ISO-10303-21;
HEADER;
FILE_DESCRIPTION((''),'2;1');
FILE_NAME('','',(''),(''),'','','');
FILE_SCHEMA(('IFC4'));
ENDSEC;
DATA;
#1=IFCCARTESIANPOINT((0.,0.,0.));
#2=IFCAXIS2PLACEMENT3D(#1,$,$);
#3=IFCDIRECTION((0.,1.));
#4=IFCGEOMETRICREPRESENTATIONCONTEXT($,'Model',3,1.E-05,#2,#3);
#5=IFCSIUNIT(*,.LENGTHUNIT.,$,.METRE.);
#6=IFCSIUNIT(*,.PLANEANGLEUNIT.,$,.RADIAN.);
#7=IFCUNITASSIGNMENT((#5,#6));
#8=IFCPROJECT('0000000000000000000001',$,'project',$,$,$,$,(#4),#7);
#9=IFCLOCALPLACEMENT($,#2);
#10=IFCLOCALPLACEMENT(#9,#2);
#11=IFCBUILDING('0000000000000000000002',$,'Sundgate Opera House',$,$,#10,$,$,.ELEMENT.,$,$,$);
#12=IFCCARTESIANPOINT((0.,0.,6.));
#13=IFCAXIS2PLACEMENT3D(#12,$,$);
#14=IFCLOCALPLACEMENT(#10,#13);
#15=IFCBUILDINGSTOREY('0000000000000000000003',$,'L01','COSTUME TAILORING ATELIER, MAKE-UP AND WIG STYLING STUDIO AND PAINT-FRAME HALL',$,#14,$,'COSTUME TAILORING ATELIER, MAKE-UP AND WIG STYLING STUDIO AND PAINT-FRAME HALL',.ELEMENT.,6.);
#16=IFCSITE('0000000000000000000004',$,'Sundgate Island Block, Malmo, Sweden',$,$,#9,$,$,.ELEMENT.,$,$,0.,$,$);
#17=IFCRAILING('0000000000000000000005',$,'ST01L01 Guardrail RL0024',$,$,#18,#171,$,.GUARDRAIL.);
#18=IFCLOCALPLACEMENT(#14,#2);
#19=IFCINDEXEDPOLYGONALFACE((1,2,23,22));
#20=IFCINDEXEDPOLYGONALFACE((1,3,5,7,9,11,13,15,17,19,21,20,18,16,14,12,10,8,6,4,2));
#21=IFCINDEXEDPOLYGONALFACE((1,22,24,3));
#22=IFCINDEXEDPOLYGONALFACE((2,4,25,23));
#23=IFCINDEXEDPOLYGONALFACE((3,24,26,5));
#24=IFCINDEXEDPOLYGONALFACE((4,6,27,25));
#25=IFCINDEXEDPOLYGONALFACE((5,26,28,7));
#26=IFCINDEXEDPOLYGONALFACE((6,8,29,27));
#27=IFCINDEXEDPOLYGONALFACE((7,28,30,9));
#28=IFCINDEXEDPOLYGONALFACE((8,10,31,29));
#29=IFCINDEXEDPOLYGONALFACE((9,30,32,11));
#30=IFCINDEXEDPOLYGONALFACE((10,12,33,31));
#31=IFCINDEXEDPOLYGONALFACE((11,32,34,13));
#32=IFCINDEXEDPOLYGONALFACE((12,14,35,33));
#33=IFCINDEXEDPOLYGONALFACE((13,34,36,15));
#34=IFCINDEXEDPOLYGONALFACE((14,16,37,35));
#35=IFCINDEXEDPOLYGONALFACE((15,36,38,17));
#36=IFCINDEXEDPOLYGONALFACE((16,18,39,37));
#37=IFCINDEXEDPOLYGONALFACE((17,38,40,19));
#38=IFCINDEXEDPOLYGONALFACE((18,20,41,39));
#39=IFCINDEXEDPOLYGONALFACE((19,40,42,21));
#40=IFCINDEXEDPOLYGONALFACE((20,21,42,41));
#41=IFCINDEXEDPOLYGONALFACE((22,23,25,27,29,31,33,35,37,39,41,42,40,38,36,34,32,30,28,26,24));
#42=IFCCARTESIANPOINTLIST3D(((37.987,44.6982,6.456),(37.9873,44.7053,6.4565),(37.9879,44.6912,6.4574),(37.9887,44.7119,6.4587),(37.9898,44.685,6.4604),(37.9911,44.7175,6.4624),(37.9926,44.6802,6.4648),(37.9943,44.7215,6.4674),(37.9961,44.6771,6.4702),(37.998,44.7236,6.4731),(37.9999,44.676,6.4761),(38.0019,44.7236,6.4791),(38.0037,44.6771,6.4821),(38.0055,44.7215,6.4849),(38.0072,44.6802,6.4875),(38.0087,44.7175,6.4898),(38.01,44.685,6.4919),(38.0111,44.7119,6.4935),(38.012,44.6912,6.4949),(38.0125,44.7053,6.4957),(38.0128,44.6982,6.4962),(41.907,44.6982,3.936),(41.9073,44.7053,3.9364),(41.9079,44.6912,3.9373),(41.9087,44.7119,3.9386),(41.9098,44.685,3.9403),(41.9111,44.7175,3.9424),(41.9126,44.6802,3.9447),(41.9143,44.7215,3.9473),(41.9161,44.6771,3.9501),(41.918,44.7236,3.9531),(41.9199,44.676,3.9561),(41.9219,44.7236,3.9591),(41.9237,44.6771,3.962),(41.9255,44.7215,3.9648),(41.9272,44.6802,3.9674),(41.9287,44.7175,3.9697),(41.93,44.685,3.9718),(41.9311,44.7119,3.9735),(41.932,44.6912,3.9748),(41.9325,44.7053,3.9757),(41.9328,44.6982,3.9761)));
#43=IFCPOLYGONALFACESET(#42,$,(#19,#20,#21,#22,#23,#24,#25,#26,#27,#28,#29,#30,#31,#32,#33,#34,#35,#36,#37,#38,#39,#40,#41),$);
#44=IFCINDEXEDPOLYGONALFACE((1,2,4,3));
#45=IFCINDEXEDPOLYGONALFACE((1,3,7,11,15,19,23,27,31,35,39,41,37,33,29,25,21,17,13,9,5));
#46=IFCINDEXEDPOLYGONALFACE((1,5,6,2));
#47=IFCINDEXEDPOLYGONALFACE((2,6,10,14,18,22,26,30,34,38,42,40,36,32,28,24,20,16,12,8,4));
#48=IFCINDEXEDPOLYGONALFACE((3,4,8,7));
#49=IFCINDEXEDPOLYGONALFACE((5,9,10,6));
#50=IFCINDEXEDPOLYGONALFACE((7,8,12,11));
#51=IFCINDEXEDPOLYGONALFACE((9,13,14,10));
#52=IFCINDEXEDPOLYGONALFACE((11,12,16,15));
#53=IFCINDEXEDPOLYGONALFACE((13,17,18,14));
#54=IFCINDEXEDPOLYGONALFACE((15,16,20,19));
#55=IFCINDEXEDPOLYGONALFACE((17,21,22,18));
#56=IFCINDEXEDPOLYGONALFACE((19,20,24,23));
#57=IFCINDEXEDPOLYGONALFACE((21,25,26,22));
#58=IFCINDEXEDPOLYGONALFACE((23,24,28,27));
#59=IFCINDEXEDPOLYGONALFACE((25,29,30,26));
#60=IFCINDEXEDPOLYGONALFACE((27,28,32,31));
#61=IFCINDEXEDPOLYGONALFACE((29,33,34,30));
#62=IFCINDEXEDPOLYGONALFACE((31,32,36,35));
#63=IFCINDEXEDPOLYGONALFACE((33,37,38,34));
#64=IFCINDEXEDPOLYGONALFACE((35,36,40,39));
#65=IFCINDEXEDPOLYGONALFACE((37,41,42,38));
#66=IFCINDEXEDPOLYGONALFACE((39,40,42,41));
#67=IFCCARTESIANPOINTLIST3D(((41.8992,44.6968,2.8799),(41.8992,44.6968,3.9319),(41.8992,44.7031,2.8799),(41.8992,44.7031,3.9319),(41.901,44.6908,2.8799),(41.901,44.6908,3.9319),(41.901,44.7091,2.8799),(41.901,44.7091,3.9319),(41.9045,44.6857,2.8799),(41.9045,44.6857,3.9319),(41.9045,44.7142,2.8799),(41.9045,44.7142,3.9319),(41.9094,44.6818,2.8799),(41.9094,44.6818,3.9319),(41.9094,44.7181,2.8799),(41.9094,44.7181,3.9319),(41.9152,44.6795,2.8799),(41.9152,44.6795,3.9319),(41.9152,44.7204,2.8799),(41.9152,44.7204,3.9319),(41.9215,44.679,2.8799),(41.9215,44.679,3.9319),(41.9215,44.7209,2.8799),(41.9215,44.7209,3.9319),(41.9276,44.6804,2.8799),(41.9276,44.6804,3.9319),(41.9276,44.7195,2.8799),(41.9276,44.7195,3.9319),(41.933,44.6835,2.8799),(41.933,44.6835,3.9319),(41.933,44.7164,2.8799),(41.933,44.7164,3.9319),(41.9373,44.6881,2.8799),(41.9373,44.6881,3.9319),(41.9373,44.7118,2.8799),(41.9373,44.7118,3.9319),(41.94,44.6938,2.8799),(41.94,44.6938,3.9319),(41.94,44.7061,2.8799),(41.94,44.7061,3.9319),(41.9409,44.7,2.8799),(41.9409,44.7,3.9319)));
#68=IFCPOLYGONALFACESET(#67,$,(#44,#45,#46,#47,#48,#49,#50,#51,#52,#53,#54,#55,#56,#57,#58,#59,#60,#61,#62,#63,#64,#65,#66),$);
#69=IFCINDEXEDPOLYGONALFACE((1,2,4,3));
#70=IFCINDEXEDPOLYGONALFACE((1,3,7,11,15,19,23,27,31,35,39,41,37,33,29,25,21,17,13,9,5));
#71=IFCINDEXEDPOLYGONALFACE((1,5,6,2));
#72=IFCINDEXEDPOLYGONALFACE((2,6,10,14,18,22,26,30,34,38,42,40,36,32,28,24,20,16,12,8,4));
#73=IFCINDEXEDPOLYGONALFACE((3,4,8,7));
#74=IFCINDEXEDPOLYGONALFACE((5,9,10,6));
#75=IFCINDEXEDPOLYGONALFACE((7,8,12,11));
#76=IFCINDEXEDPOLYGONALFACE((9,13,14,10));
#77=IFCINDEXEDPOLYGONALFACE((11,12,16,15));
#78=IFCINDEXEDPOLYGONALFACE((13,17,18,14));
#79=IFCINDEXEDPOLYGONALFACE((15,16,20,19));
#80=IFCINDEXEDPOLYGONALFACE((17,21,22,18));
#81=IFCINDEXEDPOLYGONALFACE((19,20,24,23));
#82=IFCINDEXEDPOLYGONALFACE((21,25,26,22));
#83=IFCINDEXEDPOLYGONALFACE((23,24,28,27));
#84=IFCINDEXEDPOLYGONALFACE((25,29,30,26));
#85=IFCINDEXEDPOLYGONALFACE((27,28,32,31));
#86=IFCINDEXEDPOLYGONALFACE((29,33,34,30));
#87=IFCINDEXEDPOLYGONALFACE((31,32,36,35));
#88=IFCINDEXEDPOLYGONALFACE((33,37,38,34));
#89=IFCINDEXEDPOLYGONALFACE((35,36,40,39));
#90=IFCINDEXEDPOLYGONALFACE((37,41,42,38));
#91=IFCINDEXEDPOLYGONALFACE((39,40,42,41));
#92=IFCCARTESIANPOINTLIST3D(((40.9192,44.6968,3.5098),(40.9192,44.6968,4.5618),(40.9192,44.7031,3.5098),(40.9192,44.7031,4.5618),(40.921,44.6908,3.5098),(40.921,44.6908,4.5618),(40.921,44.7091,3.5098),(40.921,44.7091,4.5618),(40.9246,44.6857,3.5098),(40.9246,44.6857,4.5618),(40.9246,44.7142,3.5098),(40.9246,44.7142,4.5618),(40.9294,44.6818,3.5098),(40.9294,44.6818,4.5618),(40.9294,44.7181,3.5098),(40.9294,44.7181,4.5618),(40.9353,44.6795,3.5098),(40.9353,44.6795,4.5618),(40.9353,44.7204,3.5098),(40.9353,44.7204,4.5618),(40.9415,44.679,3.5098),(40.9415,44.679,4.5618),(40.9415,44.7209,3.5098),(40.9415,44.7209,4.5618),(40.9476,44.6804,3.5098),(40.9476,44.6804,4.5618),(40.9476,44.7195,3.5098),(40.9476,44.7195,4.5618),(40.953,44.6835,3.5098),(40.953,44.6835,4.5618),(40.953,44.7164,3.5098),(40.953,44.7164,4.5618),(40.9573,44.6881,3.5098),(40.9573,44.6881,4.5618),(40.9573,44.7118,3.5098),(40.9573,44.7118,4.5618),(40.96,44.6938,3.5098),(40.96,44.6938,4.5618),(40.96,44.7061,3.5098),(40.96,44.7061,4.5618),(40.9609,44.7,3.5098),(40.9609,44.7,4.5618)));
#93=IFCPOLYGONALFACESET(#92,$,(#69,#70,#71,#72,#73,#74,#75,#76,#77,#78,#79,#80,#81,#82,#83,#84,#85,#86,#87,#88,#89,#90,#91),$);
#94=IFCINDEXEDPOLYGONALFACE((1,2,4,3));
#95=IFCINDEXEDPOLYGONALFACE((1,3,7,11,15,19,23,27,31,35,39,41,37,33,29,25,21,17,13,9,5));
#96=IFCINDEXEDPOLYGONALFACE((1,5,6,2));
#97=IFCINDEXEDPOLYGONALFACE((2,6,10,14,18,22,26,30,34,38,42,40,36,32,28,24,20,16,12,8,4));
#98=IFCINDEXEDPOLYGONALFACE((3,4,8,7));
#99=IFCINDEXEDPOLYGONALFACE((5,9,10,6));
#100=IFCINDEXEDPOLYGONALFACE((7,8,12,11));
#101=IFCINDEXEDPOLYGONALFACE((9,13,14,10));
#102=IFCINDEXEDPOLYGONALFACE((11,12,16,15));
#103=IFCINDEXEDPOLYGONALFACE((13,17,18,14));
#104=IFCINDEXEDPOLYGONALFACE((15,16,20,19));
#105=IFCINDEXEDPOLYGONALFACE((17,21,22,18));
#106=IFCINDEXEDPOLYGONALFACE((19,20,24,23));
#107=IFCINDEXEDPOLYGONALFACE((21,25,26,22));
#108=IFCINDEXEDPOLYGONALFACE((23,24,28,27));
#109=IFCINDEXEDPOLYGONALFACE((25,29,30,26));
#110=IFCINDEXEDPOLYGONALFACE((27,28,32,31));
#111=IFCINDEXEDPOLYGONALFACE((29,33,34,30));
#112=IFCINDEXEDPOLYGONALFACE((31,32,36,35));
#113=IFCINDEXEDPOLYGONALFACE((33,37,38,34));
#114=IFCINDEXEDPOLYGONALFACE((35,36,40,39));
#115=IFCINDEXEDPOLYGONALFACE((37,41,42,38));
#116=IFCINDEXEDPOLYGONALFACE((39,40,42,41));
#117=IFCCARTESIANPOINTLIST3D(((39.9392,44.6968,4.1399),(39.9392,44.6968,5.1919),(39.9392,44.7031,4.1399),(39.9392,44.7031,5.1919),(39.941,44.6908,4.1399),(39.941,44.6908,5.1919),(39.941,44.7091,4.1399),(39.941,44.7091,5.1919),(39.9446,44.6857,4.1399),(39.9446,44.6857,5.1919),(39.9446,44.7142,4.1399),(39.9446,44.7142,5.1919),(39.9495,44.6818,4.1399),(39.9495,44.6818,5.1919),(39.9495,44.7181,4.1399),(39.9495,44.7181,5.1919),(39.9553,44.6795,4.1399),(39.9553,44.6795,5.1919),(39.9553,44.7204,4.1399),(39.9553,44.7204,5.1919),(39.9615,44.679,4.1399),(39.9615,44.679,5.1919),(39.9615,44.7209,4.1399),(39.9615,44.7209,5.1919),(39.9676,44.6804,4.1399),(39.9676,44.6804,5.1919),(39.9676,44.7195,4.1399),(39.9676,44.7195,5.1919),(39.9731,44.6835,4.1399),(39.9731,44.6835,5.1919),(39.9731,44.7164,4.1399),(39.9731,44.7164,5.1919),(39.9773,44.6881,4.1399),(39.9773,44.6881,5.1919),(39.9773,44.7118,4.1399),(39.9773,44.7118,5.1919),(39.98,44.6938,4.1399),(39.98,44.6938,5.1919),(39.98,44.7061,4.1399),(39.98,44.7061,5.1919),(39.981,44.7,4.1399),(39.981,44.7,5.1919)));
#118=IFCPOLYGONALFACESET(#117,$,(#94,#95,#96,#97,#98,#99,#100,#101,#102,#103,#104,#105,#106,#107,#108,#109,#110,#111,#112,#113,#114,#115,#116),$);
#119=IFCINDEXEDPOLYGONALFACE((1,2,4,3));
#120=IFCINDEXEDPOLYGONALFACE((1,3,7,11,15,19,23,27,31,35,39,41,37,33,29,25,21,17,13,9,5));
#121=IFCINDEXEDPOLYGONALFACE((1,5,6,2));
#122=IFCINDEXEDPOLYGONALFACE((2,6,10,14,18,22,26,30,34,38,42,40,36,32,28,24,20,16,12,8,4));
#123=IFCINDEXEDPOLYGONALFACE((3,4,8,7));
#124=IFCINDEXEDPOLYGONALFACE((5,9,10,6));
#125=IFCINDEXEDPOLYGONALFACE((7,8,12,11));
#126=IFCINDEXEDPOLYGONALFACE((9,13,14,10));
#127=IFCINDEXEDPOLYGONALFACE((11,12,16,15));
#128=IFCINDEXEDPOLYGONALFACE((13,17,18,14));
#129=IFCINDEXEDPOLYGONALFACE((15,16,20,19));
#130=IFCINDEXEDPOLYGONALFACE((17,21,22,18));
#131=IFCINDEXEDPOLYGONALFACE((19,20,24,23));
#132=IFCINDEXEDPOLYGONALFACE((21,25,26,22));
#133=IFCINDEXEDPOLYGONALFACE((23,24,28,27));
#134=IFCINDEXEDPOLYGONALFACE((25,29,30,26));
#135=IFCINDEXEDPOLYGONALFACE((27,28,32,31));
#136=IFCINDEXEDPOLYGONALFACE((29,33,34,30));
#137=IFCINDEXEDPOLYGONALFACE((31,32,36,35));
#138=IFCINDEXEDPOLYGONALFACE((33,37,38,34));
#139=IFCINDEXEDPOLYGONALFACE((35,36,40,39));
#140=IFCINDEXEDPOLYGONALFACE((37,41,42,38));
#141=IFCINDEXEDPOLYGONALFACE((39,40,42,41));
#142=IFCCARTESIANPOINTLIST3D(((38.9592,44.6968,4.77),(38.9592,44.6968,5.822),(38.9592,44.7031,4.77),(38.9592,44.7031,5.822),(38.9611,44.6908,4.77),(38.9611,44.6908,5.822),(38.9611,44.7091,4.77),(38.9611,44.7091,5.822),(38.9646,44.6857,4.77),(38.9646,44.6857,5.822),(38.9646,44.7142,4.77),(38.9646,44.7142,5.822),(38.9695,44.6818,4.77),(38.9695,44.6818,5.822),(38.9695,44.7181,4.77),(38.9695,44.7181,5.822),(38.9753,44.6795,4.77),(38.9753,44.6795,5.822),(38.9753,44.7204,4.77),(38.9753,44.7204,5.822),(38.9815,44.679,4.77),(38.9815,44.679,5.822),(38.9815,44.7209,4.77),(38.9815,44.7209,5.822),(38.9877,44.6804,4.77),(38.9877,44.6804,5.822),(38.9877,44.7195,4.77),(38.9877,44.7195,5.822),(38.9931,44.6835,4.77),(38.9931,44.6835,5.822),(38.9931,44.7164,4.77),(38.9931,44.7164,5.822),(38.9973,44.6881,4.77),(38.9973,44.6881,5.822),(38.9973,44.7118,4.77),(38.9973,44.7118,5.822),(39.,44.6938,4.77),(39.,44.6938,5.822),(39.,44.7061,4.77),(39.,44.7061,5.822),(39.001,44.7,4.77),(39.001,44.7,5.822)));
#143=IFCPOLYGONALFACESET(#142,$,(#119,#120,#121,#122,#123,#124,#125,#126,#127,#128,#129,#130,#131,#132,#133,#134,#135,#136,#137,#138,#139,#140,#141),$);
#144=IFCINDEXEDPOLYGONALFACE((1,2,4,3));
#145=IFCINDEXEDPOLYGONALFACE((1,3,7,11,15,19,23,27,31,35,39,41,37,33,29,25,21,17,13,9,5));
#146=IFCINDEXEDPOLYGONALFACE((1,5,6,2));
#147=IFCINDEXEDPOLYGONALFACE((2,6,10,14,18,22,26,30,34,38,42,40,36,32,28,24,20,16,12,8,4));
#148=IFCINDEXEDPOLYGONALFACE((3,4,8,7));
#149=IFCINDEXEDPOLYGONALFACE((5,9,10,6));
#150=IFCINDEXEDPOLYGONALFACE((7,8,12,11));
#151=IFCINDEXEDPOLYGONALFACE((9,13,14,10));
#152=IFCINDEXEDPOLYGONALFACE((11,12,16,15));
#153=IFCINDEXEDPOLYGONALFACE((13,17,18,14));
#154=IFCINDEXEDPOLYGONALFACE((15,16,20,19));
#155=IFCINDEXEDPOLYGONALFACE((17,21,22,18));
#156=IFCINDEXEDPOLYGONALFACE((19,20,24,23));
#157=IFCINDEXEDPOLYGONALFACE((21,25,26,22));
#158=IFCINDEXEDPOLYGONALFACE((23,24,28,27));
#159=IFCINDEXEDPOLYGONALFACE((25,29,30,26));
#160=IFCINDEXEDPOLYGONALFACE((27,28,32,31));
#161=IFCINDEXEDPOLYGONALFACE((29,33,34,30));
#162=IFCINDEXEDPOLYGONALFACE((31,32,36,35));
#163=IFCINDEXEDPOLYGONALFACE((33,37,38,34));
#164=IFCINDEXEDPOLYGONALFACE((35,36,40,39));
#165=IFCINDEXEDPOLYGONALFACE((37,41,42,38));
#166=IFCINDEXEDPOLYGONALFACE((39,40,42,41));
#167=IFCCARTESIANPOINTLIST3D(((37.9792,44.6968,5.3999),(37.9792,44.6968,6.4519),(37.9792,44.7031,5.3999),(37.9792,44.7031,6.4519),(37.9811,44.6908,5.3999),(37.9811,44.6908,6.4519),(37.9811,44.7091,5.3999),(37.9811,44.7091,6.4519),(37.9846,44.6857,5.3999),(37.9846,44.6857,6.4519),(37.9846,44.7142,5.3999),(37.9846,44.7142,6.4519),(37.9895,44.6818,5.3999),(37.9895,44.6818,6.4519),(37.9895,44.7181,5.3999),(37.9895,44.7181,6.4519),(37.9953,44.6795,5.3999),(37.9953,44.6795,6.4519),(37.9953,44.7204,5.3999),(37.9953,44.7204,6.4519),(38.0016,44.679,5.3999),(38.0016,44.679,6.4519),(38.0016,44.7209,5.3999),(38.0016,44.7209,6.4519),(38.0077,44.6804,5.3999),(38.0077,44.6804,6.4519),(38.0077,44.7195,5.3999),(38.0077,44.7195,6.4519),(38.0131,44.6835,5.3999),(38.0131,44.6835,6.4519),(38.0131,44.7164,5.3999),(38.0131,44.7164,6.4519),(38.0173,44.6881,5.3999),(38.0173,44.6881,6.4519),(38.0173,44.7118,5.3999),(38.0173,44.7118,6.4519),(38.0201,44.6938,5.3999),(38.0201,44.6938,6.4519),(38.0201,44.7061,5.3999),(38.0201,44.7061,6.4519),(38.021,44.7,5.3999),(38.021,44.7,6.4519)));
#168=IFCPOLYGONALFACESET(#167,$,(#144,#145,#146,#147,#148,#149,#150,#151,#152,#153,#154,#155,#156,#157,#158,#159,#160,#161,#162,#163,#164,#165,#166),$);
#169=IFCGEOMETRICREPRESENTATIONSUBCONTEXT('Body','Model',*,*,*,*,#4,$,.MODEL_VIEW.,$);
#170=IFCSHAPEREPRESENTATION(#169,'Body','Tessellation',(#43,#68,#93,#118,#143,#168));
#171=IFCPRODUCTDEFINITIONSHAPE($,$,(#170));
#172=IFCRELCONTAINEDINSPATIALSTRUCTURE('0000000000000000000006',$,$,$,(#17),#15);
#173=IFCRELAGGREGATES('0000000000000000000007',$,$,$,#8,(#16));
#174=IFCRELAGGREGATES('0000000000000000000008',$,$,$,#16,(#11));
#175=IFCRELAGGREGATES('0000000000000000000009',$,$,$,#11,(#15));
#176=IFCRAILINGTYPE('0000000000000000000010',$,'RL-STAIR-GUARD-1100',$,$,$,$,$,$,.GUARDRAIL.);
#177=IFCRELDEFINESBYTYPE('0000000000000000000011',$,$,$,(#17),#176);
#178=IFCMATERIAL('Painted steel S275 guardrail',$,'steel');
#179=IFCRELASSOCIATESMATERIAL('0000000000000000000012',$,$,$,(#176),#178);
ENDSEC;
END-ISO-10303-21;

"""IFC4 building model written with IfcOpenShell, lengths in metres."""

from ifc_helpers import new_model, si_unit, direction, frame, origin, origin_2d, place, context, subcontext, project, spatial, circle, extrude, material, type_object, element, save


model = new_model("IFC4")

# Units and contexts
model_context = context("Model", 3, precision=1e-05, world=origin(), true_north=direction((0.0, 1.0)))
body_context = subcontext(model_context, "Body", "Model", "MODEL_VIEW")
ifc_project = project(units=[si_unit("LENGTHUNIT", "METRE"), si_unit("PLANEANGLEUNIT", "RADIAN")], contexts=[model_context])

# Site, building, storey
site_placement = place(None, origin())
site = spatial("IfcSite", under=ifc_project, at=site_placement, Name="Sundgate Island Block, Malmo, Sweden", CompositionType="ELEMENT", RefElevation=0.0)
building_placement = place(site_placement, origin())
building = spatial("IfcBuilding", under=site, at=building_placement, Name="Sundgate Opera House", CompositionType="ELEMENT")
storey_placement = place(building_placement, frame((0.0, 0.0, 6.0)))
storey = spatial("IfcBuildingStorey", under=building, at=storey_placement, Name="L01", Description="COSTUME TAILORING ATELIER, MAKE-UP AND WIG STYLING STUDIO AND PAINT-FRAME HALL", LongName="COSTUME TAILORING ATELIER, MAKE-UP AND WIG STYLING STUDIO AND PAINT-FRAME HALL", CompositionType="ELEMENT", Elevation=6.0)

# Railing
ifc_material_1 = material(Name="Painted steel S275 guardrail", Category="steel")
railing_type_1 = type_object("IfcRailingType", Name="RL-STAIR-GUARD-1100", PredefinedType="GUARDRAIL", material=ifc_material_1)
railing_1_placement = place(storey_placement, frame((41.9199, 44.7, 2.8799)))
element("IfcRailing", 1, at=railing_1_placement, inside=storey, type_object=railing_type_1, Name="ST01L01 Guardrail RL0024", PredefinedType="GUARDRAIL", context=body_context, shape_type="SweptSolid", body=[
    extrude(circle(Radius=0.0239, at=origin_2d()), frame((0.0, 0.0, 1.0762), z_axis=(-0.841172, 0.0, 0.540768), x_axis=(0.0, -1.0, 0.0)), (0.0, 0.0, 1.0), 4.6602),
    extrude(circle(Radius=0.021, at=origin_2d()), origin(), (0.0, 0.0, 1.0), 1.052),
    extrude(circle(Radius=0.021, at=origin_2d()), frame((-0.98, 0.0, 0.6299)), (0.0, 0.0, 1.0), 1.052),
    extrude(circle(Radius=0.021, at=origin_2d()), frame((-1.96, 0.0, 1.26)), (0.0, 0.0, 1.0), 1.052),
    extrude(circle(Radius=0.021, at=origin_2d()), frame((-2.9399, 0.0, 1.8901)), (0.0, 0.0, 1.0), 1.052),
    extrude(circle(Radius=0.021, at=origin_2d()), frame((-3.9199, 0.0, 2.52)), (0.0, 0.0, 1.0), 1.052),
])

save(model, "model.ifc")
